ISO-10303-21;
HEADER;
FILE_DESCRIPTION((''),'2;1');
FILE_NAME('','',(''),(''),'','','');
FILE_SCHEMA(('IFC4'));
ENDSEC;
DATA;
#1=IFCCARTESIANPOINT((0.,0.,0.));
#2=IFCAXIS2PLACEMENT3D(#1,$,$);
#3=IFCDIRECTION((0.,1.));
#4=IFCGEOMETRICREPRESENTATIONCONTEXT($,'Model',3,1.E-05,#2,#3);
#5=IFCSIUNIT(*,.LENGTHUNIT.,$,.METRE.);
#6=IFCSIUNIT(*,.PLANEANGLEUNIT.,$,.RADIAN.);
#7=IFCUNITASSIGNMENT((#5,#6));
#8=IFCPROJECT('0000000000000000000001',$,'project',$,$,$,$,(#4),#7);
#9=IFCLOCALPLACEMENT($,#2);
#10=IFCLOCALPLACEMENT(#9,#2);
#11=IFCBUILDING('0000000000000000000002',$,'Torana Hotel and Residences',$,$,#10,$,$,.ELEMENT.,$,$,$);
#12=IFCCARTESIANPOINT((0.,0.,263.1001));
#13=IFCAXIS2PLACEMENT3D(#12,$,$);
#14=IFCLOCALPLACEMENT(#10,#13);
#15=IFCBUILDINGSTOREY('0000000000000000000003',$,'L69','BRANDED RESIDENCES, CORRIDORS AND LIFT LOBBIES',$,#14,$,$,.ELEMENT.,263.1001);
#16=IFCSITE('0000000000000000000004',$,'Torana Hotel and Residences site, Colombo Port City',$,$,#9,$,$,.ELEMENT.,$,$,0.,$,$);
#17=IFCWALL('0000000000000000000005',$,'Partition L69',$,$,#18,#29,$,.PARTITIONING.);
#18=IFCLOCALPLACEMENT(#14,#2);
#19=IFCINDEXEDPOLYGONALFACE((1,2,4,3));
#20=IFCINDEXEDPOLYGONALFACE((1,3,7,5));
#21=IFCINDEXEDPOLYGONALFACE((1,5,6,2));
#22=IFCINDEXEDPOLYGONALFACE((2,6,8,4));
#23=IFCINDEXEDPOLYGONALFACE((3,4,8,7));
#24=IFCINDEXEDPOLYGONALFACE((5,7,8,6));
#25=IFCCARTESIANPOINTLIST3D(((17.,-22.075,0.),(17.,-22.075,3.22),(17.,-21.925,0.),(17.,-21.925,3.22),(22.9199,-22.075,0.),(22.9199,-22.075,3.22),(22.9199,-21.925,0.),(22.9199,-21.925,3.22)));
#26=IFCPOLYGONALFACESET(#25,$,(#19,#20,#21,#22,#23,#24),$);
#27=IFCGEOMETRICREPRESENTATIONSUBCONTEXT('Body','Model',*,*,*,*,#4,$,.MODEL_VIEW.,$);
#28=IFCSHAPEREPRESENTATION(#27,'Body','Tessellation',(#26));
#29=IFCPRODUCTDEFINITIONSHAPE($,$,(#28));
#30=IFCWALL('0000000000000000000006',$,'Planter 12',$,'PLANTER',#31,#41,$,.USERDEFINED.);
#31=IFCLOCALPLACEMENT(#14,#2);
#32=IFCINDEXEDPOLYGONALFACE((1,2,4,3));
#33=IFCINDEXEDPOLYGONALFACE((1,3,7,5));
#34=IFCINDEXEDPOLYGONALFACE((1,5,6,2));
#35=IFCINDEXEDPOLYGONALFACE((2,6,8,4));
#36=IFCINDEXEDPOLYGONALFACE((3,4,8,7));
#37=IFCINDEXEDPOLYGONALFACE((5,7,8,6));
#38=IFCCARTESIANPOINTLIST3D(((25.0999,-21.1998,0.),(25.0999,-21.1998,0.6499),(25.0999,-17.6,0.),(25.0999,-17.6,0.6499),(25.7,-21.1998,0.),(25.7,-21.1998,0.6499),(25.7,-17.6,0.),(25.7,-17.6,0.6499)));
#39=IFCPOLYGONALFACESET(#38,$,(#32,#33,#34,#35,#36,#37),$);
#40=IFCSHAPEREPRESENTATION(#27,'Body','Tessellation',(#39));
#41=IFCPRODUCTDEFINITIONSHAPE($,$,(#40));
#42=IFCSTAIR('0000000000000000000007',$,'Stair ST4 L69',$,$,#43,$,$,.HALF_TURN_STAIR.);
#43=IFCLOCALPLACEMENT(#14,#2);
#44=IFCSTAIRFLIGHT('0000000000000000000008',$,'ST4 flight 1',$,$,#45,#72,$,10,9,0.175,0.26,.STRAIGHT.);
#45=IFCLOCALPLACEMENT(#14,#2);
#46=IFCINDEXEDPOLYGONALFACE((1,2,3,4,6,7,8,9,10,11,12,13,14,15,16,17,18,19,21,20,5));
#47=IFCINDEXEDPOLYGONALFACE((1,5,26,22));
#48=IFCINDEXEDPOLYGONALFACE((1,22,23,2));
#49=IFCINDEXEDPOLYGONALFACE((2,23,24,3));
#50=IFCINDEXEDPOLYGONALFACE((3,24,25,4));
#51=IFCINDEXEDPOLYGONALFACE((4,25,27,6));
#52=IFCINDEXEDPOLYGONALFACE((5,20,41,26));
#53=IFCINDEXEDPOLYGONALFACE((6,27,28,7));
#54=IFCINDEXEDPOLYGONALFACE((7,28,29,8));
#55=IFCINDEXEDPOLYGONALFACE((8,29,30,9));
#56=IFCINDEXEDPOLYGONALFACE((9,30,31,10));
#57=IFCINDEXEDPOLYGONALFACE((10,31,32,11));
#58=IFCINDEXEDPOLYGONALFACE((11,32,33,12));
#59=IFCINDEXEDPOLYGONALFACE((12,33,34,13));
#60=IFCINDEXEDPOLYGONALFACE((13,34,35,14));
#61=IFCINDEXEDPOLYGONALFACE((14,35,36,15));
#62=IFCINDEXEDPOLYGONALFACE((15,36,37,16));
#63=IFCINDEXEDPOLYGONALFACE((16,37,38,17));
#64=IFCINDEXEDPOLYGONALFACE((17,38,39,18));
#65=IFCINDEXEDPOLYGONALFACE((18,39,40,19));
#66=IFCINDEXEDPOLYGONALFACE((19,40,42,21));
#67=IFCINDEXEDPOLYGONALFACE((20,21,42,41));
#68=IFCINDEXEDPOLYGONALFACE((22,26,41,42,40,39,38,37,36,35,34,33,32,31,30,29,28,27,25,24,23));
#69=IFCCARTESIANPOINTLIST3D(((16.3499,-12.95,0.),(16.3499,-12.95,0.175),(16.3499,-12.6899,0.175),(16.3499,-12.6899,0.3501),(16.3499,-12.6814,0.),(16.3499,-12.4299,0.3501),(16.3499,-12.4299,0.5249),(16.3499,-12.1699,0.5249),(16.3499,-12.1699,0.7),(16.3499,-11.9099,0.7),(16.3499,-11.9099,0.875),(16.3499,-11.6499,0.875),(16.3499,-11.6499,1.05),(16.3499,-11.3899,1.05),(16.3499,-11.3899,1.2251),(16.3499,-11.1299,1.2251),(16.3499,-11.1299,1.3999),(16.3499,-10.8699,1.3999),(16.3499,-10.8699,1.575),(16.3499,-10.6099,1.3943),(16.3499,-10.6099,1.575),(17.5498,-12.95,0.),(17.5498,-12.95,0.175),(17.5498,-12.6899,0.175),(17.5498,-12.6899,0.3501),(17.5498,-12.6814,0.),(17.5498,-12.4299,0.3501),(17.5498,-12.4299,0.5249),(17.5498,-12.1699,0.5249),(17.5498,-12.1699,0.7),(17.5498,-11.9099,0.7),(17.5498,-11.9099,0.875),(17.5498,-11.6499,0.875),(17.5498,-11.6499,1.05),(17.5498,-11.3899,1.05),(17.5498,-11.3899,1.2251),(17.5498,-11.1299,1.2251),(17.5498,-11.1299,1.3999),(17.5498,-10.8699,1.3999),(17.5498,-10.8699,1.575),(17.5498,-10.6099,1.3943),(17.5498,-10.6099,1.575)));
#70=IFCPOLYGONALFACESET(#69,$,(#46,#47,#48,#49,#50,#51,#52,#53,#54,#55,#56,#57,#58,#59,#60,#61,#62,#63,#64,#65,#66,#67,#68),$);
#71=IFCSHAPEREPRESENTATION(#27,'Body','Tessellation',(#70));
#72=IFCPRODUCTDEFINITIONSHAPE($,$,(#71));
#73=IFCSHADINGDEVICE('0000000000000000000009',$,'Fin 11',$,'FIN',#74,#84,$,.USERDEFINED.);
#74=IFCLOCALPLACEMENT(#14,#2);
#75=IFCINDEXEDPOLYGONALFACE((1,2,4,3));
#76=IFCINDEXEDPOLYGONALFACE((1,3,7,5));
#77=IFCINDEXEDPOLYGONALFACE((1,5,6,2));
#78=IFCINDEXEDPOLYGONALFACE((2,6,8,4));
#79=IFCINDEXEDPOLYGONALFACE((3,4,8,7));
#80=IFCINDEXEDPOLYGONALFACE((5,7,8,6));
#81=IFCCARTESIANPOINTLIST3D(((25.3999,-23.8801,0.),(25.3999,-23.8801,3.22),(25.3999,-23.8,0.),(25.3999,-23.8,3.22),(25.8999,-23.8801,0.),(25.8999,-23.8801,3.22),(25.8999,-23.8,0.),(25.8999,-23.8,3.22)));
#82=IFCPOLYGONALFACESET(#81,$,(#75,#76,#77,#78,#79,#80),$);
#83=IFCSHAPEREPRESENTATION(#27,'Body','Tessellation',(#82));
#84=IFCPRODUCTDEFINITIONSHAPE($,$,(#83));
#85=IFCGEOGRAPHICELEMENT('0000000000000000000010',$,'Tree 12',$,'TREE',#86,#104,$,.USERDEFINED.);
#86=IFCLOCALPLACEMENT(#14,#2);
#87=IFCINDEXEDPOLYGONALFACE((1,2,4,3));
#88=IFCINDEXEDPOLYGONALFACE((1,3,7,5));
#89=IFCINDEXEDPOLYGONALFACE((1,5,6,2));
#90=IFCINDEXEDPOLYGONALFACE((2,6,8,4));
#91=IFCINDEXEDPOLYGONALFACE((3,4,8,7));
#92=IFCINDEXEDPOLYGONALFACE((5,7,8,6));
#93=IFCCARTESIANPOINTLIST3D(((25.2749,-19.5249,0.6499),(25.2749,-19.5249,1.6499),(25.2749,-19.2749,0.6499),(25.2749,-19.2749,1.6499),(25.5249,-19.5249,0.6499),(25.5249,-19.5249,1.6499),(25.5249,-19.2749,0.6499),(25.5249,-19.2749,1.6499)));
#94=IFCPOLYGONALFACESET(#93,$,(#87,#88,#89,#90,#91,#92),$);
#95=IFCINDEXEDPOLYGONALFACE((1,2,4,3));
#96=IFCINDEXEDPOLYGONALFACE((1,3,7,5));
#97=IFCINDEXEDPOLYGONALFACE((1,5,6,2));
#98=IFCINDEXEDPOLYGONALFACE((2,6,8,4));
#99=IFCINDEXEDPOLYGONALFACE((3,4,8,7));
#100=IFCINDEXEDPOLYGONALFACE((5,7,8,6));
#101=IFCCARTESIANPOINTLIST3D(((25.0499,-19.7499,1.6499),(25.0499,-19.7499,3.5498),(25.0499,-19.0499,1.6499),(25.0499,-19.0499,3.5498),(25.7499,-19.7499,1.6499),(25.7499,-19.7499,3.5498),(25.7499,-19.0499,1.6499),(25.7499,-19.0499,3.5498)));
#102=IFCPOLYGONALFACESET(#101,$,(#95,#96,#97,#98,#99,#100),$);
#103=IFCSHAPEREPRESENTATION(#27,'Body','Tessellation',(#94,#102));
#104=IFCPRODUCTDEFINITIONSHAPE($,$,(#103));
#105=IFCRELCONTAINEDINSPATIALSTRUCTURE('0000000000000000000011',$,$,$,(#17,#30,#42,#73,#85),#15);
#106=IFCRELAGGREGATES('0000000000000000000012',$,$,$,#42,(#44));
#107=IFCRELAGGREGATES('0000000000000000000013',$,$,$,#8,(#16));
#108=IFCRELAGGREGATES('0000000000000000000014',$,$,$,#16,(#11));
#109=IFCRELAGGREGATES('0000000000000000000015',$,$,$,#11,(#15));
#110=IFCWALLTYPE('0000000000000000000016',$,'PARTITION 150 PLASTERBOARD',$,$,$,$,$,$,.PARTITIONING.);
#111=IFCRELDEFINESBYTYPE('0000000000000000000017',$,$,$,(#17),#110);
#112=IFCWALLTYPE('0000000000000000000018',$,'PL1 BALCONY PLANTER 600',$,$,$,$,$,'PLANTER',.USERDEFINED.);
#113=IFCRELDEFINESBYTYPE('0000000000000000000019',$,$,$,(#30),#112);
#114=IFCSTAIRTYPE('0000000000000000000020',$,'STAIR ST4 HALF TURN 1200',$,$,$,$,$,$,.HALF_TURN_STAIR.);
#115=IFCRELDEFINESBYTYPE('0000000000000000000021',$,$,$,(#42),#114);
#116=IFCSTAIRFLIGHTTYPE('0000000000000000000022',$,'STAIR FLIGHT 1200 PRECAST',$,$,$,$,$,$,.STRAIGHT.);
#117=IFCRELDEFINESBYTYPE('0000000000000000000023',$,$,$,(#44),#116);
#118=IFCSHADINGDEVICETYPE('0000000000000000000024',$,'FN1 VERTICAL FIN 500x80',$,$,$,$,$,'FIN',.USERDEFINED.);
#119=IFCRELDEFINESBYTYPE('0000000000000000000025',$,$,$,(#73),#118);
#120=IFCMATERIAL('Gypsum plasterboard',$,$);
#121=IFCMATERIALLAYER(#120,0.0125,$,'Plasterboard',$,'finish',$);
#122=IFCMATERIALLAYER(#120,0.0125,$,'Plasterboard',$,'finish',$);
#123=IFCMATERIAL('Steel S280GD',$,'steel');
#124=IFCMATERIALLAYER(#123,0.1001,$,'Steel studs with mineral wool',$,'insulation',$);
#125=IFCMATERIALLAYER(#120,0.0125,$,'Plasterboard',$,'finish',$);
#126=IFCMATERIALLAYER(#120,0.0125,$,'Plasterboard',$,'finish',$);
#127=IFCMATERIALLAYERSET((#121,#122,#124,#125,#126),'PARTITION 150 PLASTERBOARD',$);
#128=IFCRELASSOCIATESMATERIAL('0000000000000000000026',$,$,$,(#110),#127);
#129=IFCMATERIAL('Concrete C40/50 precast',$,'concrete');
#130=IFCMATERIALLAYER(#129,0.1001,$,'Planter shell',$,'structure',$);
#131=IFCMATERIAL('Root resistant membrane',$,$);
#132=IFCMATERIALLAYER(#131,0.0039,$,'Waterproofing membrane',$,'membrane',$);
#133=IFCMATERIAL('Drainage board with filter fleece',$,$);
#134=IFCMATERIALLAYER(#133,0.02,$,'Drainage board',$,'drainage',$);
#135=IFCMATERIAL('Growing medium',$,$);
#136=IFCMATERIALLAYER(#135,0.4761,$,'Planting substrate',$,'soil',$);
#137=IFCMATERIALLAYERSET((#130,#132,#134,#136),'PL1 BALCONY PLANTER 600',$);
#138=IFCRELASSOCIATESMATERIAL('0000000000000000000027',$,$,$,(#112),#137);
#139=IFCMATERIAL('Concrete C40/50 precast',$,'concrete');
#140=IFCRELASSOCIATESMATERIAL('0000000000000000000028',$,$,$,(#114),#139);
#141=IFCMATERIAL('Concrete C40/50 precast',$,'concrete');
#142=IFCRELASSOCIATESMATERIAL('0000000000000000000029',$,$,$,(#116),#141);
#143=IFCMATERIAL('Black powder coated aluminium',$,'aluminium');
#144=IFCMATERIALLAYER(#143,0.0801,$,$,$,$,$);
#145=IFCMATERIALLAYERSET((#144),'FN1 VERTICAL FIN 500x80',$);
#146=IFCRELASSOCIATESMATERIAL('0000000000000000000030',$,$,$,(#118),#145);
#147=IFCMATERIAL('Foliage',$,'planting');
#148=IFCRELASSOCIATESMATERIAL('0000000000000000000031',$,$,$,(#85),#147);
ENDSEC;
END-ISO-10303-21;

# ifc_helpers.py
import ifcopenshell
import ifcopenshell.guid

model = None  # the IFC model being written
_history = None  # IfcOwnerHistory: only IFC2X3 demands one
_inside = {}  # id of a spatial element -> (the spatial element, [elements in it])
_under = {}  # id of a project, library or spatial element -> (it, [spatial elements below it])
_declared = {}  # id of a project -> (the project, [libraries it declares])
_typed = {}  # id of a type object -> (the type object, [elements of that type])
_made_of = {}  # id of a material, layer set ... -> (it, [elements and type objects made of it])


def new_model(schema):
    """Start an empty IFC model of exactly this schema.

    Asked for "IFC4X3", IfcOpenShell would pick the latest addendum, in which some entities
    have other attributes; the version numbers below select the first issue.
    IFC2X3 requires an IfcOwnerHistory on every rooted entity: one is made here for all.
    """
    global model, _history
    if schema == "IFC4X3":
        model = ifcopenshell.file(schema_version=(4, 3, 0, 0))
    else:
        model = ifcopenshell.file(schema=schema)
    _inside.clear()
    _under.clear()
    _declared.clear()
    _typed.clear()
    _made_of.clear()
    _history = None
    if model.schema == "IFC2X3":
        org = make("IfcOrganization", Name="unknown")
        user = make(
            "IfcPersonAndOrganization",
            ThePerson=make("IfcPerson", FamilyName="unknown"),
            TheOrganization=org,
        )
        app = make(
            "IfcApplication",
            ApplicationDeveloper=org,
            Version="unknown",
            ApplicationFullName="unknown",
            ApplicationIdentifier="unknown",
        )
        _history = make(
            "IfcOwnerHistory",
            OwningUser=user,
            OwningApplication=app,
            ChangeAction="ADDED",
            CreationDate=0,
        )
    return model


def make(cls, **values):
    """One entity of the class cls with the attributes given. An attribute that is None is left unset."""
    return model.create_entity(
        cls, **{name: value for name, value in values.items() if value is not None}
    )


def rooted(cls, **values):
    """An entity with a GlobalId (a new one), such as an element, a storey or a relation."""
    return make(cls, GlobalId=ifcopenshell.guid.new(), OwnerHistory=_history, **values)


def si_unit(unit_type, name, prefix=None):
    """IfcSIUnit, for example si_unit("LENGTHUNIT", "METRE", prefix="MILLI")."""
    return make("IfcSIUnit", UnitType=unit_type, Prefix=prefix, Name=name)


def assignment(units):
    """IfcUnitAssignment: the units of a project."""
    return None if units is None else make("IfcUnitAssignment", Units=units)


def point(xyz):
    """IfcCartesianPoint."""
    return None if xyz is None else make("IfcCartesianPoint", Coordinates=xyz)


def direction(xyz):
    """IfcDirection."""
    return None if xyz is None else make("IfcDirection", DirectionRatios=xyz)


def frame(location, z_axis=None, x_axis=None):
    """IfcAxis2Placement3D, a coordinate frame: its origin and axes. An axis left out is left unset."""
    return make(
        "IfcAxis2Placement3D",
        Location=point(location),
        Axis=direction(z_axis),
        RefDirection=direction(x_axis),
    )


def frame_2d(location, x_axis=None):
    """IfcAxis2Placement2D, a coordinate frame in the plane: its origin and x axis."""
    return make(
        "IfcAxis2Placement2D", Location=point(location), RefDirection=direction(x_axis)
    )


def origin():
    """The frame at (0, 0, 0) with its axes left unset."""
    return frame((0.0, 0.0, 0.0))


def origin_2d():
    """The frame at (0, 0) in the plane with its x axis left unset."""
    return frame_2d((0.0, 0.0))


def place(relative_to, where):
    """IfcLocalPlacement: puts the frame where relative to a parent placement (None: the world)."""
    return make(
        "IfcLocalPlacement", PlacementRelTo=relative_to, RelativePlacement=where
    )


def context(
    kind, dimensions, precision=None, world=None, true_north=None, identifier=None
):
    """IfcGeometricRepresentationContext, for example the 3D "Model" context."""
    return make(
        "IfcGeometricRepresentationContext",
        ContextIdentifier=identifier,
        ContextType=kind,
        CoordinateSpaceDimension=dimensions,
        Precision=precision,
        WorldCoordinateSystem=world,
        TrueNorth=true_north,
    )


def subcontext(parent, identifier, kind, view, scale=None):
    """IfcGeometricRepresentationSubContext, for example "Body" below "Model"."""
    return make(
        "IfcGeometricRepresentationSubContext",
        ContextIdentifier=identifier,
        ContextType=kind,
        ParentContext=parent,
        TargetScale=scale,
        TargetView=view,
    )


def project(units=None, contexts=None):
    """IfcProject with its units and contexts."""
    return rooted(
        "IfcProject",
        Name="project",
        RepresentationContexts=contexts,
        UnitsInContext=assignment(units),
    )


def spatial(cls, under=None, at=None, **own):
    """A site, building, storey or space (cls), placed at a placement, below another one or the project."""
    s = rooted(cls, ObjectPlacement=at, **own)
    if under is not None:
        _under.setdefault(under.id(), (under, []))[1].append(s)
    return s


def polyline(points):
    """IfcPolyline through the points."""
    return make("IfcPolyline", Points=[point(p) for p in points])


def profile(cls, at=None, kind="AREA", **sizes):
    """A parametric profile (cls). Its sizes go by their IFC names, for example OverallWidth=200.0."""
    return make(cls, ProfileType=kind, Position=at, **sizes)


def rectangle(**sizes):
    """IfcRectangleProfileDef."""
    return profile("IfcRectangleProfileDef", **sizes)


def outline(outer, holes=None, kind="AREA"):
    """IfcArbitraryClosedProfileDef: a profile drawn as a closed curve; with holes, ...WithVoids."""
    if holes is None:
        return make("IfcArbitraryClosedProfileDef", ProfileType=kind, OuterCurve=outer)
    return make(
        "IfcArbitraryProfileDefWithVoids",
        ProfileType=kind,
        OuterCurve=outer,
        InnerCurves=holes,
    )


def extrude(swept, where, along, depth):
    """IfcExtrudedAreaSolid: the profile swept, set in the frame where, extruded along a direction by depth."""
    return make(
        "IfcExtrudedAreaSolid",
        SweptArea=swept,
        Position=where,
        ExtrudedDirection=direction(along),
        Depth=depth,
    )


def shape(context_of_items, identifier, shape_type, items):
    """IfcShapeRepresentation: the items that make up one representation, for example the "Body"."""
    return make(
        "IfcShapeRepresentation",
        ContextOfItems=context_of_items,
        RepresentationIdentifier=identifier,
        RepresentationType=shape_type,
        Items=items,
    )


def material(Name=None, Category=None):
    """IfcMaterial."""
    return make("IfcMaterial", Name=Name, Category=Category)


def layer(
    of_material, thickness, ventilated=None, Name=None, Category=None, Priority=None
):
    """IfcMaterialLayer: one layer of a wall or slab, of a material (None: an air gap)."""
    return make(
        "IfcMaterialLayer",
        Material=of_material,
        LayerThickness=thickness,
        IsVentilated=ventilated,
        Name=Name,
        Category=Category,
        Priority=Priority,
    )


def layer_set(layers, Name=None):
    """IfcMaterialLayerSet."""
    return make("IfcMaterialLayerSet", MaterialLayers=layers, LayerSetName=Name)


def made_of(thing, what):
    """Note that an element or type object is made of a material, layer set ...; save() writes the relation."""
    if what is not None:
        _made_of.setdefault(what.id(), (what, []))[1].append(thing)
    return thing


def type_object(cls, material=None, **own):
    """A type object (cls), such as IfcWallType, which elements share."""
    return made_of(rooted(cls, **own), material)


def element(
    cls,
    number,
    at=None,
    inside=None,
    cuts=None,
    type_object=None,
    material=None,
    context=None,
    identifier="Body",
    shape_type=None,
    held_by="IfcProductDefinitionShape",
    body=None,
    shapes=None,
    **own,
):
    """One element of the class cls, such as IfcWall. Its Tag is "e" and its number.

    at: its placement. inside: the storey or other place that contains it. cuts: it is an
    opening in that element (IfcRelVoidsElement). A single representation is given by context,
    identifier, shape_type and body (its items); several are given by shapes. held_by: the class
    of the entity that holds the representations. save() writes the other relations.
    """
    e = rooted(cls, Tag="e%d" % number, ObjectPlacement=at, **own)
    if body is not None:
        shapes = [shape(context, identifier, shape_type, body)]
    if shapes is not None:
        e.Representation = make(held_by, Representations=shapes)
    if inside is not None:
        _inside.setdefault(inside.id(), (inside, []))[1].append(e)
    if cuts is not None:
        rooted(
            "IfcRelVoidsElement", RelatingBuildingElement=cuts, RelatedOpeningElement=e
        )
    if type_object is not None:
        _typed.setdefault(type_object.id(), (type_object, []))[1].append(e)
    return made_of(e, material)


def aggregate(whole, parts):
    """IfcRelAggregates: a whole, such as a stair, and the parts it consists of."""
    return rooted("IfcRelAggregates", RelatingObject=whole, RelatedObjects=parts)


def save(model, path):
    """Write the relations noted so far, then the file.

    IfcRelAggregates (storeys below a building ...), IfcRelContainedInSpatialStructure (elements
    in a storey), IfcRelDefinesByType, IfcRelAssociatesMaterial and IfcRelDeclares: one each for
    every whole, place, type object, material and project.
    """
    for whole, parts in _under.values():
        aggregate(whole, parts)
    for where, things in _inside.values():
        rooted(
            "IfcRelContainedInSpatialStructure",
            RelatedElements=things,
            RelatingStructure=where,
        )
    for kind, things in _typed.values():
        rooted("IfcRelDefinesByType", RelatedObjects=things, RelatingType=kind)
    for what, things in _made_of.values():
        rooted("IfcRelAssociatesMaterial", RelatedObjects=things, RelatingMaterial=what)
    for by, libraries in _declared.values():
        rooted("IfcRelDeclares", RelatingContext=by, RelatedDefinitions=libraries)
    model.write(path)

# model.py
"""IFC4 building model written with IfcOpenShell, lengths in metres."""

from ifc_helpers import new_model, si_unit, direction, frame, frame_2d, origin, origin_2d, place, context, subcontext, project, spatial, polyline, rectangle, outline, extrude, material, layer, layer_set, type_object, element, aggregate, save


model = new_model("IFC4")

# Units and contexts
model_context = context("Model", 3, precision=1e-05, world=origin(), true_north=direction((0.0, 1.0)))
body_context = subcontext(model_context, "Body", "Model", "MODEL_VIEW")
ifc_project = project(units=[si_unit("LENGTHUNIT", "METRE"), si_unit("PLANEANGLEUNIT", "RADIAN")], contexts=[model_context])

# Site, building, storey
site_placement = place(None, origin())
site = spatial("IfcSite", under=ifc_project, at=site_placement, Name="Torana Hotel and Residences site, Colombo Port City", CompositionType="ELEMENT", RefElevation=0.0)
building_placement = place(site_placement, origin())
building = spatial("IfcBuilding", under=site, at=building_placement, Name="Torana Hotel and Residences", CompositionType="ELEMENT")
storey_placement = place(building_placement, frame((0.0, 0.0, 263.1001)))
storey = spatial("IfcBuildingStorey", under=building, at=storey_placement, Name="L69", Description="BRANDED RESIDENCES, CORRIDORS AND LIFT LOBBIES", CompositionType="ELEMENT", Elevation=263.1001)

# Walls
ifc_material_1 = material(Name="Gypsum plasterboard")
ifc_layer_1 = layer(ifc_material_1, 0.0125, Name="Plasterboard", Category="finish")
ifc_layer_2 = layer(ifc_material_1, 0.0125, Name="Plasterboard", Category="finish")
ifc_material_2 = material(Name="Steel S280GD", Category="steel")
ifc_layer_3 = layer(ifc_material_2, 0.1001, Name="Steel studs with mineral wool", Category="insulation")
ifc_layer_4 = layer(ifc_material_1, 0.0125, Name="Plasterboard", Category="finish")
ifc_layer_5 = layer(ifc_material_1, 0.0125, Name="Plasterboard", Category="finish")
ifc_layer_set_1 = layer_set([ifc_layer_1, ifc_layer_2, ifc_layer_3, ifc_layer_4, ifc_layer_5], Name="PARTITION 150 PLASTERBOARD")
wall_type_1 = type_object("IfcWallType", Name="PARTITION 150 PLASTERBOARD", PredefinedType="PARTITIONING", material=ifc_layer_set_1)
wall_1_placement = place(storey_placement, frame((17.0, -22.0, 0.0), z_axis=(0.0, 0.0, 1.0), x_axis=(1.0, 0.0, 0.0)))
element("IfcWall", 1, at=wall_1_placement, inside=storey, type_object=wall_type_1, Name="Partition L69", PredefinedType="PARTITIONING", context=body_context, shape_type="SweptSolid", body=[
    extrude(rectangle(XDim=5.9199, YDim=0.1499, at=frame_2d((2.96, 0.0))), origin(), (0.0, 0.0, 1.0), 3.22),
])
ifc_material_3 = material(Name="Concrete C40/50 precast", Category="concrete")
ifc_layer_6 = layer(ifc_material_3, 0.1001, Name="Planter shell", Category="structure")
ifc_material_4 = material(Name="Root resistant membrane")
ifc_layer_7 = layer(ifc_material_4, 0.0039, Name="Waterproofing membrane", Category="membrane")
ifc_material_5 = material(Name="Drainage board with filter fleece")
ifc_layer_8 = layer(ifc_material_5, 0.02, Name="Drainage board", Category="drainage")
ifc_material_6 = material(Name="Growing medium")
ifc_layer_9 = layer(ifc_material_6, 0.4761, Name="Planting substrate", Category="soil")
ifc_layer_set_2 = layer_set([ifc_layer_6, ifc_layer_7, ifc_layer_8, ifc_layer_9], Name="PL1 BALCONY PLANTER 600")
wall_type_2 = type_object("IfcWallType", Name="PL1 BALCONY PLANTER 600", ElementType="PLANTER", PredefinedType="USERDEFINED", material=ifc_layer_set_2)
wall_2_placement = place(storey_placement, frame((25.3999, -17.6001, 0.0), z_axis=(0.0, 0.0, 1.0), x_axis=(0.0, -1.0, 0.0)))
element("IfcWall", 2, at=wall_2_placement, inside=storey, type_object=wall_type_2, Name="Planter 12", ObjectType="PLANTER", PredefinedType="USERDEFINED", context=body_context, shape_type="SweptSolid", body=[
    extrude(rectangle(XDim=3.5999, YDim=0.6001, at=frame_2d((1.7998, 0.0))), origin(), (0.0, 0.0, 1.0), 0.6499),
])

# Stair, stair flight
ifc_material_7 = material(Name="Concrete C40/50 precast", Category="concrete")
stair_type = type_object("IfcStairType", Name="STAIR ST4 HALF TURN 1200", PredefinedType="HALF_TURN_STAIR", material=ifc_material_7)
stair_placement = place(storey_placement, origin())
stair = element("IfcStair", 3, at=stair_placement, inside=storey, type_object=stair_type, Name="Stair ST4 L69", PredefinedType="HALF_TURN_STAIR")
ifc_material_8 = material(Name="Concrete C40/50 precast", Category="concrete")
stair_flight_type = type_object("IfcStairFlightType", Name="STAIR FLIGHT 1200 PRECAST", PredefinedType="STRAIGHT", material=ifc_material_8)
stair_flight_placement = place(storey_placement, frame((16.95, -12.95, 0.0), z_axis=(0.0, 0.0, 1.0), x_axis=(0.0, 1.0, 0.0)))
stair_flight = element("IfcStairFlight", 4, at=stair_flight_placement, type_object=stair_flight_type, Name="ST4 flight 1", NumberOfRisers=10, NumberOfTreads=9, PredefinedType="STRAIGHT", RiserHeight=0.175, TreadLength=0.26, context=body_context, shape_type="SweptSolid", body=[
    extrude(outline(polyline([(0.0, 0.0), (0.0, 0.175), (0.26, 0.175), (0.26, 0.3501), (0.52, 0.3501), (0.52, 0.5249), (0.78, 0.5249), (0.78, 0.7), (1.04, 0.7), (1.04, 0.875), (1.3, 0.875), (1.3, 1.05), (1.5601, 1.05), (1.5601, 1.2251), (1.8201, 1.2251), (1.8201, 1.3999), (2.0801, 1.3999), (2.0801, 1.575), (2.3401, 1.575), (2.3401, 1.75), (2.3401, 1.3943), (0.2686, 0.0), (0.0, 0.0)])), frame((0.0, 0.6001, 0.0), z_axis=(0.0, -1.0, 0.0), x_axis=(1.0, 0.0, 0.0)), (0.0, 0.0, 1.0), 1.2),
])
aggregate(stair, [stair_flight])

# Shading device
ifc_material_9 = material(Name="Black powder coated aluminium", Category="aluminium")
ifc_layer_10 = layer(ifc_material_9, 0.0801)
ifc_layer_set_3 = layer_set([ifc_layer_10], Name="FN1 VERTICAL FIN 500x80")
shading_device_type = type_object("IfcShadingDeviceType", Name="FN1 VERTICAL FIN 500x80", ElementType="FIN", PredefinedType="USERDEFINED", material=ifc_layer_set_3)
shading_device_placement = place(storey_placement, frame((25.6499, -23.8401, 0.0), z_axis=(0.0, 0.0, 1.0), x_axis=(0.0, -1.0, 0.0)))
element("IfcShadingDevice", 5, at=shading_device_placement, inside=storey, type_object=shading_device_type, Name="Fin 11", ObjectType="FIN", PredefinedType="USERDEFINED", context=body_context, shape_type="SweptSolid", body=[
    extrude(rectangle(XDim=0.0801, YDim=0.5, at=origin_2d()), origin(), (0.0, 0.0, 1.0), 3.22),
])

# Geographic element
ifc_material_10 = material(Name="Foliage", Category="planting")
geographic_element_placement = place(storey_placement, frame((25.3999, -19.3999, 0.6499), z_axis=(0.0, 0.0, 1.0), x_axis=(1.0, 0.0, 0.0)))
element("IfcGeographicElement", 6, at=geographic_element_placement, inside=storey, material=ifc_material_10, Name="Tree 12", ObjectType="TREE", PredefinedType="USERDEFINED", context=body_context, shape_type="SweptSolid", body=[
    extrude(rectangle(XDim=0.25, YDim=0.25, at=origin_2d()), origin(), (0.0, 0.0, 1.0), 1.0),
    extrude(rectangle(XDim=0.7, YDim=0.7, at=origin_2d()), frame((0.0, 0.0, 1.0)), (0.0, 0.0, 1.0), 1.8999),
])

save(model, "model.ifc")
